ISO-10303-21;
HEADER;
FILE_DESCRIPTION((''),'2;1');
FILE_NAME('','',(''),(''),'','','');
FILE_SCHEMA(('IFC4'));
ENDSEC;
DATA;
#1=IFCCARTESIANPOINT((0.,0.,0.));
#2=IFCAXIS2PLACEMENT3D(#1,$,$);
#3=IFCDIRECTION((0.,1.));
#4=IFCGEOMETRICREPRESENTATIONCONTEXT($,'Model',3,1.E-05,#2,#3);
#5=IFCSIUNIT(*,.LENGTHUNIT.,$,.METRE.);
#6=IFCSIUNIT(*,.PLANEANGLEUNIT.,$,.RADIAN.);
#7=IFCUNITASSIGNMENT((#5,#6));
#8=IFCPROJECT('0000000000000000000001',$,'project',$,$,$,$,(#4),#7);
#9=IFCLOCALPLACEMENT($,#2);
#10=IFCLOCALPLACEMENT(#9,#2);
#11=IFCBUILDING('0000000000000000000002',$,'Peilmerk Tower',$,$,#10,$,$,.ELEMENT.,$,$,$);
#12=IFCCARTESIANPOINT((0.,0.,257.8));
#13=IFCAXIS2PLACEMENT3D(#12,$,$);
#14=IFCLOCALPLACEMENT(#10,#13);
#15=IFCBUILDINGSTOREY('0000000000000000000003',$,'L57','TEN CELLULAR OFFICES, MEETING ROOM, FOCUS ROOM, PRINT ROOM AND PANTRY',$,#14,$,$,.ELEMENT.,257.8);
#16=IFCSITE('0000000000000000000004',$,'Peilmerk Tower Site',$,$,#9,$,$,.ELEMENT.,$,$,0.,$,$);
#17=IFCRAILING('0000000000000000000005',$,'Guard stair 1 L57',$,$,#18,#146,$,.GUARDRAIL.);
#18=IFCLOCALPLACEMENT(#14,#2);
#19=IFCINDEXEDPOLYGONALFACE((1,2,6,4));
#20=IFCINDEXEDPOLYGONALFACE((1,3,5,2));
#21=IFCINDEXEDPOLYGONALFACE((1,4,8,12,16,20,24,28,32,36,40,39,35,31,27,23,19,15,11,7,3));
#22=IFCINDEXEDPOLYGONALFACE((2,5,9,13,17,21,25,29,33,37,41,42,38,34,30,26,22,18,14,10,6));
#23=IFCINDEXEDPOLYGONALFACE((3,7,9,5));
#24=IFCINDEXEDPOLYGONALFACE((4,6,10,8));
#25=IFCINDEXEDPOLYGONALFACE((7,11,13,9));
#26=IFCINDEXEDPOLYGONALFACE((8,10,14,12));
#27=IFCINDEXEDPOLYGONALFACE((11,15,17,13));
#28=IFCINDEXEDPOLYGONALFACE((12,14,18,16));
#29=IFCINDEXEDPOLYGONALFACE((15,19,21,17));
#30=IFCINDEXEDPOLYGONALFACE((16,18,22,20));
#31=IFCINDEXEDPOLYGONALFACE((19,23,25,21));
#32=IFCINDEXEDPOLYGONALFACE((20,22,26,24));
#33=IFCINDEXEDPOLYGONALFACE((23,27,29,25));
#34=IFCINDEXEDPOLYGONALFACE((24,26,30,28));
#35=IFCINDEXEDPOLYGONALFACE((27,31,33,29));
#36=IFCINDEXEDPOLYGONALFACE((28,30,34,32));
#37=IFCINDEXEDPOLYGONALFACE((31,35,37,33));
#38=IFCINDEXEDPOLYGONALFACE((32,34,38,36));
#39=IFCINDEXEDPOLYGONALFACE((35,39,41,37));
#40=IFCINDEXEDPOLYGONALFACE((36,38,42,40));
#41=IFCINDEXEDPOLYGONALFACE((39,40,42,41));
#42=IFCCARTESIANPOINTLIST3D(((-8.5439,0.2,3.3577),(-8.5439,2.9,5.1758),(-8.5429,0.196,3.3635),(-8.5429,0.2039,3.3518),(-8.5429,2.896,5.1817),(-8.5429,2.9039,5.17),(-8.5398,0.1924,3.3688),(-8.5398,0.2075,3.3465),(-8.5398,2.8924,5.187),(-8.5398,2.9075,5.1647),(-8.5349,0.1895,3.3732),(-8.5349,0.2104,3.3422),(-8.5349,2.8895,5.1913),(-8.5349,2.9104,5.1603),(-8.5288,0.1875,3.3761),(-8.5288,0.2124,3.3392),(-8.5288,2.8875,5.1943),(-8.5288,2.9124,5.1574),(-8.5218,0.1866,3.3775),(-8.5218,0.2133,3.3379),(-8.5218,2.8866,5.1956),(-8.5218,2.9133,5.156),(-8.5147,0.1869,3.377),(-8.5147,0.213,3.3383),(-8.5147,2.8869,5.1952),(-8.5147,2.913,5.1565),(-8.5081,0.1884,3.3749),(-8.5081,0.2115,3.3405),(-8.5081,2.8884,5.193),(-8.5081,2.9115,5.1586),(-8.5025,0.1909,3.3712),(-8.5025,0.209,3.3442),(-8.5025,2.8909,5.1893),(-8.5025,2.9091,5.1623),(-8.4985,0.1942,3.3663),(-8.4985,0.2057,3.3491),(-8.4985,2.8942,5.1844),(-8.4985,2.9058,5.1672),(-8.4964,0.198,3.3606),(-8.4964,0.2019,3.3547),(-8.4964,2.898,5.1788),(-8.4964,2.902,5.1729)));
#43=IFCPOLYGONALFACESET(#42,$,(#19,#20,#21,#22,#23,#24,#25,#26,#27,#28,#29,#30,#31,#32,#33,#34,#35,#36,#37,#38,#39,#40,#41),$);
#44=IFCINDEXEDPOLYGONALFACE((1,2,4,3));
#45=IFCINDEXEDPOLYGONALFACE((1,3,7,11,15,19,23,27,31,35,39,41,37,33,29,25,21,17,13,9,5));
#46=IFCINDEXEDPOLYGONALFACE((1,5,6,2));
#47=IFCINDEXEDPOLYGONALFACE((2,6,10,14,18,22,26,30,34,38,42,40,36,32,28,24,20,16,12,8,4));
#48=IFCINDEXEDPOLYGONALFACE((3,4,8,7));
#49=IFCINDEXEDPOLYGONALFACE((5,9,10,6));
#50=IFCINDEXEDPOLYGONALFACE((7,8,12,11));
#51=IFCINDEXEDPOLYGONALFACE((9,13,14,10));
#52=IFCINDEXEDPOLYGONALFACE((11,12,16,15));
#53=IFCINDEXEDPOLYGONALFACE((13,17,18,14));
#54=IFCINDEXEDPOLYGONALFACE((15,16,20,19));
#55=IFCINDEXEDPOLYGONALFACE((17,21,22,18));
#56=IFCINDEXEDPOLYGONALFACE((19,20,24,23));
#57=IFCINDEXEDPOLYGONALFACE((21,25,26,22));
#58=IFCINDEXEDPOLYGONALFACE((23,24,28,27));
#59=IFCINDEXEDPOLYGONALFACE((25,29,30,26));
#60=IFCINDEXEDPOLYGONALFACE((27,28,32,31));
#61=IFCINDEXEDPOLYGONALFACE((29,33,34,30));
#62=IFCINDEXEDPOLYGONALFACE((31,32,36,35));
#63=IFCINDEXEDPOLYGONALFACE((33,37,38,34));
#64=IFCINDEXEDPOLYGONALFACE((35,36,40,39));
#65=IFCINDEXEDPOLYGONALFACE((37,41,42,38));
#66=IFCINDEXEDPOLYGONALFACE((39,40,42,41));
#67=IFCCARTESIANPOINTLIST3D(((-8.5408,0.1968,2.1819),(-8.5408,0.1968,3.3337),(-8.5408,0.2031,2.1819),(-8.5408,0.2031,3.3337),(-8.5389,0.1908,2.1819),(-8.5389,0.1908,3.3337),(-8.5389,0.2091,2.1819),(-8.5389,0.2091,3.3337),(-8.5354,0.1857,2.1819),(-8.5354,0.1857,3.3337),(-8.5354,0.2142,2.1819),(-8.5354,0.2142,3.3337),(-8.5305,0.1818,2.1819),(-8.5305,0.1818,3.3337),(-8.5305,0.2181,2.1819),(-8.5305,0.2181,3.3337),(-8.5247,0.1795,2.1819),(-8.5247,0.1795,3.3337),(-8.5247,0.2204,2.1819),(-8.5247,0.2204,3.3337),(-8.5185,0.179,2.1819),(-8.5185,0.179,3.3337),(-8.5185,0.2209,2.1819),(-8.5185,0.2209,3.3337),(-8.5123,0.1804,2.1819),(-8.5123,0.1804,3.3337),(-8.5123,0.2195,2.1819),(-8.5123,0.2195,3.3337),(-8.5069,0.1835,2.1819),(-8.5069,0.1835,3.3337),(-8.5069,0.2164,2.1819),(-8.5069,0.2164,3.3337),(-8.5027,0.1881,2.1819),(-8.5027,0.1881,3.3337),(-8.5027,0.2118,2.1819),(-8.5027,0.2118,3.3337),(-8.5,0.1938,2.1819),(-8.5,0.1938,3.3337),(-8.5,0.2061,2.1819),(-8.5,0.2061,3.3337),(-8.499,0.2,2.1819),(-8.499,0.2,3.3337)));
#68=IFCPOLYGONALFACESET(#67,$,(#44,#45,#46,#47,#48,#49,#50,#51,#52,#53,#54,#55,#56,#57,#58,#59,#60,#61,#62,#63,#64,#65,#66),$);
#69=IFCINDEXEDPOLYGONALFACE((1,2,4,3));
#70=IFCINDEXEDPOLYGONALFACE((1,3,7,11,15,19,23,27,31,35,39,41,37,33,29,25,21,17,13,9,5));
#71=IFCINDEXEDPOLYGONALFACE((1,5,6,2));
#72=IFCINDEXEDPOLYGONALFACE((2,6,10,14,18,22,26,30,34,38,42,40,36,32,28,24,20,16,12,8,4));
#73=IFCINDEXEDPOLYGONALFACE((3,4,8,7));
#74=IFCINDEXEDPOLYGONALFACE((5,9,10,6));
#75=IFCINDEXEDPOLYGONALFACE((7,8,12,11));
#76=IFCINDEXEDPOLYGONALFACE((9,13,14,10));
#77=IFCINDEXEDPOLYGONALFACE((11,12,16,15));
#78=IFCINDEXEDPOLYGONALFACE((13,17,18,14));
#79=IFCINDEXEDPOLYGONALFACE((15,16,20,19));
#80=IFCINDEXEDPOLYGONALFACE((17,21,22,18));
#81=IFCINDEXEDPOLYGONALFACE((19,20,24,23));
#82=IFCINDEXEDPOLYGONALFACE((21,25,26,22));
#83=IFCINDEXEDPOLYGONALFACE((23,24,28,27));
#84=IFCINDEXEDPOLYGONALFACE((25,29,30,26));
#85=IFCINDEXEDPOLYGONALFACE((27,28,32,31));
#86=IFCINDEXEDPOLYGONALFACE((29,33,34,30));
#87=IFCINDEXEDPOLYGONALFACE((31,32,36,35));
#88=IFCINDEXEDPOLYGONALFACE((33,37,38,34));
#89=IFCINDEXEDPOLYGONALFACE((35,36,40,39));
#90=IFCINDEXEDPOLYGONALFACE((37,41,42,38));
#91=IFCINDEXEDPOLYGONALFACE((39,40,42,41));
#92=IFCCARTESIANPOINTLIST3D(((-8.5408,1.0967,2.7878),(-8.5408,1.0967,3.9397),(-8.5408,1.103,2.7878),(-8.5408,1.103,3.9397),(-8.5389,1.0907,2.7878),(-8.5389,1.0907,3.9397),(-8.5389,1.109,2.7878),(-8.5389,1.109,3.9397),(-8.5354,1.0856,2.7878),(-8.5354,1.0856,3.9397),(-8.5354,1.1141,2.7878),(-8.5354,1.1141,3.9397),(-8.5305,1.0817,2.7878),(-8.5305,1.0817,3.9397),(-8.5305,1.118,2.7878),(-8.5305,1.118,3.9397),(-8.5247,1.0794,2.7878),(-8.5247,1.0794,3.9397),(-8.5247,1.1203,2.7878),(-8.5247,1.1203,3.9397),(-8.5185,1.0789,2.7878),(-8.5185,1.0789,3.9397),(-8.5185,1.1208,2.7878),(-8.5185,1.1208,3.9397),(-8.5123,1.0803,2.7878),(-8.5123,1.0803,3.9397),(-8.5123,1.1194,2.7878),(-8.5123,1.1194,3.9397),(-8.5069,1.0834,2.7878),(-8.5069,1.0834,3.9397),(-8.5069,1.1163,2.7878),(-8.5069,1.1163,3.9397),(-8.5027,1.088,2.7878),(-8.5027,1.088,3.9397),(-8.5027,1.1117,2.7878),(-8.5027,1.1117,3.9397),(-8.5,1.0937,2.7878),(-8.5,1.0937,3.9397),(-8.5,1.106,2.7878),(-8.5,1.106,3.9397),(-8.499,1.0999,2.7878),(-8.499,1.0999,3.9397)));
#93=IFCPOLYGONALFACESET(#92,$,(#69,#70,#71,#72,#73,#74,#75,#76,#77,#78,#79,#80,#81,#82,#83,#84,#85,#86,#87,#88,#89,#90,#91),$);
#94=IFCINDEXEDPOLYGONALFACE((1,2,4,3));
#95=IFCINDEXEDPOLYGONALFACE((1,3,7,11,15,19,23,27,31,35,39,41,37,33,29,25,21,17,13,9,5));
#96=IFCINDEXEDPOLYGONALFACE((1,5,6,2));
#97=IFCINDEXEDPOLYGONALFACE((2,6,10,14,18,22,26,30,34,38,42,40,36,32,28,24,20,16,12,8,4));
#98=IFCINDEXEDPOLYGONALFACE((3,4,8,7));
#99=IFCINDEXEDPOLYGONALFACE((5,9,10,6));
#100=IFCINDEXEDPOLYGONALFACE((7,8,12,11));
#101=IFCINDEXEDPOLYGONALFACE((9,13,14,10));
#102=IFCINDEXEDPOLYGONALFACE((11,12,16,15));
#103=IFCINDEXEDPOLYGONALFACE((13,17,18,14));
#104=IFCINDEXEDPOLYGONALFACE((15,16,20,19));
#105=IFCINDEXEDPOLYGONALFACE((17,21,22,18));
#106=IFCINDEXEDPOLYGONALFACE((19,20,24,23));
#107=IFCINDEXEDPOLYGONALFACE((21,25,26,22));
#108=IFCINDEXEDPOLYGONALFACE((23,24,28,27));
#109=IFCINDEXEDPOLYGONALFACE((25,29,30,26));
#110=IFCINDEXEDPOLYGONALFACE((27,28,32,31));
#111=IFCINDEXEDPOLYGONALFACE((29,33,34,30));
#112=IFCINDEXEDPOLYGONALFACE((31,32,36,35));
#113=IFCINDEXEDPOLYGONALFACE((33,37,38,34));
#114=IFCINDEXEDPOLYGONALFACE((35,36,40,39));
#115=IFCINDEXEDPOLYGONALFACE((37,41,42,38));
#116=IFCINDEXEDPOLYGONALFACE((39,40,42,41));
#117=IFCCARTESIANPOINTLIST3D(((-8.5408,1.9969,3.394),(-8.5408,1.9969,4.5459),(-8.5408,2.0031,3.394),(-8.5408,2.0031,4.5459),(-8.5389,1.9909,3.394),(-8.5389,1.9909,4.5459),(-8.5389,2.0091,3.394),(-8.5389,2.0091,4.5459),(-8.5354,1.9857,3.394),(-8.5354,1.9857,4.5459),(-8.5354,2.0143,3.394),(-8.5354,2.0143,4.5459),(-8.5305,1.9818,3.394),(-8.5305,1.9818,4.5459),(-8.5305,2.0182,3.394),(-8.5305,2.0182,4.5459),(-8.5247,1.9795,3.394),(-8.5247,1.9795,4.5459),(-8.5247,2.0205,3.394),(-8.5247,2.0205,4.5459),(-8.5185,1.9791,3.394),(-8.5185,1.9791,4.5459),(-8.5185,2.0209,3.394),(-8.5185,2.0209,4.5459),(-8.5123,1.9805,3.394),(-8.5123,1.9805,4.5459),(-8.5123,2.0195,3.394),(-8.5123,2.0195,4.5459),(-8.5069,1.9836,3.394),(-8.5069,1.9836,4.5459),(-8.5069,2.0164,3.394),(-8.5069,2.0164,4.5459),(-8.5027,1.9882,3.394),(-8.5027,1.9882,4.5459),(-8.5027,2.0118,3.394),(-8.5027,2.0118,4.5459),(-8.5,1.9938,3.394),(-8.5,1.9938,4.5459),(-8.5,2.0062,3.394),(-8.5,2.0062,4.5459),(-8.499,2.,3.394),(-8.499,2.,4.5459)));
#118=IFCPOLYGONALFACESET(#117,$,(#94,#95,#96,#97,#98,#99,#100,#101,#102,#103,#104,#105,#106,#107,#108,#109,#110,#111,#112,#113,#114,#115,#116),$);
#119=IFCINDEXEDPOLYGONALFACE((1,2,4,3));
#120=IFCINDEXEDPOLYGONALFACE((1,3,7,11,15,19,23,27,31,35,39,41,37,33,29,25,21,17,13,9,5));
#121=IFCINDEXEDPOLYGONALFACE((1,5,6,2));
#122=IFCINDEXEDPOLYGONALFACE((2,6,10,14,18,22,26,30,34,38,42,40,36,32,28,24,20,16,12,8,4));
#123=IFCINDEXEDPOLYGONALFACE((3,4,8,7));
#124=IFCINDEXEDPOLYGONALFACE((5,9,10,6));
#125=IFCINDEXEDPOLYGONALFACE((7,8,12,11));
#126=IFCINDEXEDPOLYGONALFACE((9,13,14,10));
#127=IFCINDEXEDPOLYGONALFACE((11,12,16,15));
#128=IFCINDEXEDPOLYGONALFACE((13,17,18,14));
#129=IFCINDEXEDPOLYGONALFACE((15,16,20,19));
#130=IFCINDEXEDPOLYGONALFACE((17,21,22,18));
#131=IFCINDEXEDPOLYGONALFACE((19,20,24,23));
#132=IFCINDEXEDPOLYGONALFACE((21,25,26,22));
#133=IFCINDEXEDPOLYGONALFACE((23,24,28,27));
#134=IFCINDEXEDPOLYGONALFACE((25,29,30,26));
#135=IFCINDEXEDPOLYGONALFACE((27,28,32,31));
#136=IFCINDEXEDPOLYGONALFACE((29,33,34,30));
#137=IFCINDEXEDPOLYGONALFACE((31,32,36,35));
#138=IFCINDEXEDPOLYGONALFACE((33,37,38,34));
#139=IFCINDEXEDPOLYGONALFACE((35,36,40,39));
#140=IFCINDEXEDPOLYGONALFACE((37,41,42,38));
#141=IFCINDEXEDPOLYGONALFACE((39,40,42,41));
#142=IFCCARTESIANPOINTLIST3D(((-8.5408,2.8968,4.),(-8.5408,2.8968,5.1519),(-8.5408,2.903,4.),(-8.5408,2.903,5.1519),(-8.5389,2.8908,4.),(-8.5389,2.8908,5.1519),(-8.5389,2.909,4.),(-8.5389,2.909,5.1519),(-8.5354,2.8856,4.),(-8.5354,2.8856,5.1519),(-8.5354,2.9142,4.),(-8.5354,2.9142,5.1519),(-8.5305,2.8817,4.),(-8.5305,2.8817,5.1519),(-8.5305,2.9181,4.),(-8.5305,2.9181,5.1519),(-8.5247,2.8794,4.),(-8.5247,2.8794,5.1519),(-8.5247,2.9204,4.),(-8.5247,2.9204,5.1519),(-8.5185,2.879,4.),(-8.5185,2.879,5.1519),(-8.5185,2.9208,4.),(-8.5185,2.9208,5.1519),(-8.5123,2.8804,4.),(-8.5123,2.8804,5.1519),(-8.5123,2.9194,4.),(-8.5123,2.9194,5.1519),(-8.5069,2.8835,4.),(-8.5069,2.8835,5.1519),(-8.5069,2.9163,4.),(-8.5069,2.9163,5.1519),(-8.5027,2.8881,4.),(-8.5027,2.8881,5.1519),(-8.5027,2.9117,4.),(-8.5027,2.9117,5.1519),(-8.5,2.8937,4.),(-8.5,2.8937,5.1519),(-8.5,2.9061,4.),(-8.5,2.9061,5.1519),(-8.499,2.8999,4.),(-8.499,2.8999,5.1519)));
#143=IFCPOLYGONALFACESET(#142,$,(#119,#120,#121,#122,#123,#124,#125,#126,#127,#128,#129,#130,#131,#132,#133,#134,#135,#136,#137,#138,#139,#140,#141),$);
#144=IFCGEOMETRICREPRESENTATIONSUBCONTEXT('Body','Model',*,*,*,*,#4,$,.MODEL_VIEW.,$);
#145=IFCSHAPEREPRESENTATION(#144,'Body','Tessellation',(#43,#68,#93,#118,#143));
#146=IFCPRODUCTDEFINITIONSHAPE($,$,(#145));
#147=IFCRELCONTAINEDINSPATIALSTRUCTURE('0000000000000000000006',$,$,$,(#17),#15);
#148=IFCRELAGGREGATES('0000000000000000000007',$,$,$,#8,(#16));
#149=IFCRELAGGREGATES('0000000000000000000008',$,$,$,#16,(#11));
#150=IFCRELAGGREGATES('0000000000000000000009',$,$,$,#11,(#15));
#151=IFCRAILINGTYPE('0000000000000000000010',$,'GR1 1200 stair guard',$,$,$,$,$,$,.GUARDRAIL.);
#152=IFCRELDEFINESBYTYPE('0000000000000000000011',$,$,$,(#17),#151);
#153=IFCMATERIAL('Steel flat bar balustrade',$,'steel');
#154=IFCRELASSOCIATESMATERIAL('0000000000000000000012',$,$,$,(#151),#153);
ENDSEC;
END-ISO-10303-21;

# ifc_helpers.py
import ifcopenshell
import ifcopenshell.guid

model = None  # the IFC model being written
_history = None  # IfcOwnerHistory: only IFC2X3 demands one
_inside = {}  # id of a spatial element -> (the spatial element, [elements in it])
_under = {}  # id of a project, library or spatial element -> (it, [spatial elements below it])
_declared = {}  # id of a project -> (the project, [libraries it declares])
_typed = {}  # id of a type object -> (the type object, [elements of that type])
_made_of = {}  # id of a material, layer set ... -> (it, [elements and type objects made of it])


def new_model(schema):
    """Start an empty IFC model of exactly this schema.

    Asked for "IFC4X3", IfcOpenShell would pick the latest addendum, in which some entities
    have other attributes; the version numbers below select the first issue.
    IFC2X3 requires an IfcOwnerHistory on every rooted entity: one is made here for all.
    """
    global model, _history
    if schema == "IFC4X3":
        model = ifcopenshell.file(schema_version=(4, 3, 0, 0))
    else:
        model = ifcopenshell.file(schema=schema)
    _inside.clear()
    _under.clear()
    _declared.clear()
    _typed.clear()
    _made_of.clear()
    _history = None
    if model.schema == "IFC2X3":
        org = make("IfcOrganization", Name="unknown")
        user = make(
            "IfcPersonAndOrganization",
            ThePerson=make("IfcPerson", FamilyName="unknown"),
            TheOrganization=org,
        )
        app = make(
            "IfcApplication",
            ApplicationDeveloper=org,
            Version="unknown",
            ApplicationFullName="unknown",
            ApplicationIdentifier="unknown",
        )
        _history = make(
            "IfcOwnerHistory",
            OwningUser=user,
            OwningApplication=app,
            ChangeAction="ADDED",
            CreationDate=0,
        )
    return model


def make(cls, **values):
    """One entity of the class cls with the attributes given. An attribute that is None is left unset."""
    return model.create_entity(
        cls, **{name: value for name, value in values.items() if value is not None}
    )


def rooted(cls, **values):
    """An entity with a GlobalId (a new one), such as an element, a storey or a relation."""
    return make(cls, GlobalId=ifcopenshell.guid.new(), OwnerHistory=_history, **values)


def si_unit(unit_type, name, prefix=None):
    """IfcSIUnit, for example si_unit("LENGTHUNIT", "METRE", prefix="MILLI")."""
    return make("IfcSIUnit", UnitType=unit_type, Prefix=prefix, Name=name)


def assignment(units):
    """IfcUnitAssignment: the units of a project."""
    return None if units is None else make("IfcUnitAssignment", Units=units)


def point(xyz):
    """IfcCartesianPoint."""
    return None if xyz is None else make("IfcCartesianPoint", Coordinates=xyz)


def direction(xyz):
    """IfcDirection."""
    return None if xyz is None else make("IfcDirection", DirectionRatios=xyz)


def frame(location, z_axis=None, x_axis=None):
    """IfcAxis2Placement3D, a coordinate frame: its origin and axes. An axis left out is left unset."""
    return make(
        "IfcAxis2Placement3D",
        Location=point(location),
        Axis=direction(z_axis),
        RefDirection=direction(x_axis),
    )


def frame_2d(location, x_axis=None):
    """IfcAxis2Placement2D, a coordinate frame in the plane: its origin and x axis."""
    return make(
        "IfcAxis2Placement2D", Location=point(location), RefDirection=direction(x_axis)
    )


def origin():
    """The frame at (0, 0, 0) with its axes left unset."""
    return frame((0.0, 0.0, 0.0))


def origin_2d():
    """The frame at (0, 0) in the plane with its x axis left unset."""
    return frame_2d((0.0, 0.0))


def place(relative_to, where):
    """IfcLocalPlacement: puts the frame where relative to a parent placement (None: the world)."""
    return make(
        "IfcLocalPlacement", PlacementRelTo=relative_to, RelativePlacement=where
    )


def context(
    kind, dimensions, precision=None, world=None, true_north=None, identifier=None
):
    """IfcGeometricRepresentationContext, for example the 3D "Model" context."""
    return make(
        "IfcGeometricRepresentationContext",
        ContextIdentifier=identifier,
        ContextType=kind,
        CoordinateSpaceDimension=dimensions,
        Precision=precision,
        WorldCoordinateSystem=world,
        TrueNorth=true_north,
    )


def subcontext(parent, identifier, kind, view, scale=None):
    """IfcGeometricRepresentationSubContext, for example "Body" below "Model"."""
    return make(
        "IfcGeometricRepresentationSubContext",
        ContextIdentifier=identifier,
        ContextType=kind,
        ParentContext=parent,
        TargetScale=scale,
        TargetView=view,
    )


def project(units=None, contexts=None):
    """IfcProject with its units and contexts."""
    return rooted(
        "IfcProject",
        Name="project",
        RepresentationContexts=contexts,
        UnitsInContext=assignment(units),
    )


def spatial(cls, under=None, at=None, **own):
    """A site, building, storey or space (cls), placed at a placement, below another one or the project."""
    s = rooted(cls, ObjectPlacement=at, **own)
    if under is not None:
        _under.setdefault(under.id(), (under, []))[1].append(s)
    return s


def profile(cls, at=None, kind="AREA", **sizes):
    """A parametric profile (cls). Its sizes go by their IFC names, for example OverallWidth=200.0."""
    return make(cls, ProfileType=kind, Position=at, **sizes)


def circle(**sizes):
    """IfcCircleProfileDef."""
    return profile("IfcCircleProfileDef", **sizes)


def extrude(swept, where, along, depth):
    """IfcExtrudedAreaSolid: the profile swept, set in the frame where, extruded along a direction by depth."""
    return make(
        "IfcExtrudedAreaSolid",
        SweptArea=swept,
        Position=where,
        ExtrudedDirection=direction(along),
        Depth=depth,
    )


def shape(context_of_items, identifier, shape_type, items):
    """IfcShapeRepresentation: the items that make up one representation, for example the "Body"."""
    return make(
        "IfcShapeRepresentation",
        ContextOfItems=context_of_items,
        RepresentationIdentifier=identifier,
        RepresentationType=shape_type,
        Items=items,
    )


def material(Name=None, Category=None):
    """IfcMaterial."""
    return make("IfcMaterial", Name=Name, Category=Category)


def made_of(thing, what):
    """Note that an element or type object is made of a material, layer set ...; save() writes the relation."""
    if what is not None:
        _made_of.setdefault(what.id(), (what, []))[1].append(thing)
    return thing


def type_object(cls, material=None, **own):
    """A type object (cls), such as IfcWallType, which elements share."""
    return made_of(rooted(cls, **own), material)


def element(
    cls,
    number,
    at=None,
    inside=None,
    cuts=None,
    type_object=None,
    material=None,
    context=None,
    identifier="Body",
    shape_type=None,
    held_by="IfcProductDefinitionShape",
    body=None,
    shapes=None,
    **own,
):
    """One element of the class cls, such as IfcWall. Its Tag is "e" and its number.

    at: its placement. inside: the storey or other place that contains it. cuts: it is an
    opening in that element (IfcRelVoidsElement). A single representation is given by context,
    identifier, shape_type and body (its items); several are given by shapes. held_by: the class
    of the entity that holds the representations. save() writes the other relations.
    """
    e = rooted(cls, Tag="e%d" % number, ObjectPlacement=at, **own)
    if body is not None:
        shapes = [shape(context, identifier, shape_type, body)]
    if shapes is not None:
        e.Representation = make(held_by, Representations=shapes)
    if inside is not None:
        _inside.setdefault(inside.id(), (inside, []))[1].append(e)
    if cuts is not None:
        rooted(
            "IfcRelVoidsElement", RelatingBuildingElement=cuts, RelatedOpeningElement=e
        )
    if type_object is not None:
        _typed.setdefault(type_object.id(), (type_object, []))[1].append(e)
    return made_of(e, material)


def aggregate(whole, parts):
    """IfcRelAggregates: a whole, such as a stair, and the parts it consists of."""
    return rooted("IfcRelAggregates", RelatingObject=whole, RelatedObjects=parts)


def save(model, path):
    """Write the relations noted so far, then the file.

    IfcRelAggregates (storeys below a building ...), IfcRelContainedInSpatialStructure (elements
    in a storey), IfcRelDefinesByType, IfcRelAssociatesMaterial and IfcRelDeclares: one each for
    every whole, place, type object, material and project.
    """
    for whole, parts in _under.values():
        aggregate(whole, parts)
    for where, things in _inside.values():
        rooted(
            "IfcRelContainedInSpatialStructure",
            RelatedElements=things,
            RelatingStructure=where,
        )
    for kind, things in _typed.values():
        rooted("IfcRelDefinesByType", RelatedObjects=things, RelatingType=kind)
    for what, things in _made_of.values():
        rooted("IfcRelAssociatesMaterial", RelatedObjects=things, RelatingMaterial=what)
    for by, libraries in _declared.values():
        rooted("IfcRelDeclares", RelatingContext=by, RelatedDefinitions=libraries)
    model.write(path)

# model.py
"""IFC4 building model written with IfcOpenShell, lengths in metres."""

from ifc_helpers import new_model, si_unit, direction, frame, origin, origin_2d, place, context, subcontext, project, spatial, circle, extrude, material, type_object, element, save


model = new_model("IFC4")

# Units and contexts
model_context = context("Model", 3, precision=1e-05, world=origin(), true_north=direction((0.0, 1.0)))
body_context = subcontext(model_context, "Body", "Model", "MODEL_VIEW")
ifc_project = project(units=[si_unit("LENGTHUNIT", "METRE"), si_unit("PLANEANGLEUNIT", "RADIAN")], contexts=[model_context])

# Site, building, storey
site_placement = place(None, origin())
site = spatial("IfcSite", under=ifc_project, at=site_placement, Name="Peilmerk Tower Site", CompositionType="ELEMENT", RefElevation=0.0)
building_placement = place(site_placement, origin())
building = spatial("IfcBuilding", under=site, at=building_placement, Name="Peilmerk Tower", CompositionType="ELEMENT")
storey_placement = place(building_placement, frame((0.0, 0.0, 257.8)))
storey = spatial("IfcBuildingStorey", under=building, at=storey_placement, Name="L57", Description="TEN CELLULAR OFFICES, MEETING ROOM, FOCUS ROOM, PRINT ROOM AND PANTRY", CompositionType="ELEMENT", Elevation=257.8)

# Railing
ifc_material_1 = material(Name="Steel flat bar balustrade", Category="steel")
railing_type_1 = type_object("IfcRailingType", Name="GR1 1200 stair guard", PredefinedType="GUARDRAIL", material=ifc_material_1)
railing_1_placement = place(storey_placement, frame((-8.52, 0.2, 2.1819)))
element("IfcRailing", 1, at=railing_1_placement, inside=storey, type_object=railing_type_1, Name="Guard stair 1 L57", PredefinedType="GUARDRAIL", context=body_context, shape_type="SweptSolid", body=[
    extrude(circle(Radius=0.0239, at=origin_2d()), frame((0.0, 0.0, 1.1758), z_axis=(0.0, 0.829468, 0.558554), x_axis=(-1.0, 0.0, 0.0)), (0.0, 0.0, 1.0), 3.2551),
    extrude(circle(Radius=0.021, at=origin_2d()), origin(), (0.0, 0.0, 1.0), 1.1519),
    extrude(circle(Radius=0.021, at=origin_2d()), frame((0.0, 0.8999, 0.606)), (0.0, 0.0, 1.0), 1.1519),
    extrude(circle(Radius=0.021, at=origin_2d()), frame((0.0, 1.8, 1.2122)), (0.0, 0.0, 1.0), 1.1519),
    extrude(circle(Radius=0.021, at=origin_2d()), frame((0.0, 2.7, 1.8181)), (0.0, 0.0, 1.0), 1.1519),
])

save(model, "model.ifc")
